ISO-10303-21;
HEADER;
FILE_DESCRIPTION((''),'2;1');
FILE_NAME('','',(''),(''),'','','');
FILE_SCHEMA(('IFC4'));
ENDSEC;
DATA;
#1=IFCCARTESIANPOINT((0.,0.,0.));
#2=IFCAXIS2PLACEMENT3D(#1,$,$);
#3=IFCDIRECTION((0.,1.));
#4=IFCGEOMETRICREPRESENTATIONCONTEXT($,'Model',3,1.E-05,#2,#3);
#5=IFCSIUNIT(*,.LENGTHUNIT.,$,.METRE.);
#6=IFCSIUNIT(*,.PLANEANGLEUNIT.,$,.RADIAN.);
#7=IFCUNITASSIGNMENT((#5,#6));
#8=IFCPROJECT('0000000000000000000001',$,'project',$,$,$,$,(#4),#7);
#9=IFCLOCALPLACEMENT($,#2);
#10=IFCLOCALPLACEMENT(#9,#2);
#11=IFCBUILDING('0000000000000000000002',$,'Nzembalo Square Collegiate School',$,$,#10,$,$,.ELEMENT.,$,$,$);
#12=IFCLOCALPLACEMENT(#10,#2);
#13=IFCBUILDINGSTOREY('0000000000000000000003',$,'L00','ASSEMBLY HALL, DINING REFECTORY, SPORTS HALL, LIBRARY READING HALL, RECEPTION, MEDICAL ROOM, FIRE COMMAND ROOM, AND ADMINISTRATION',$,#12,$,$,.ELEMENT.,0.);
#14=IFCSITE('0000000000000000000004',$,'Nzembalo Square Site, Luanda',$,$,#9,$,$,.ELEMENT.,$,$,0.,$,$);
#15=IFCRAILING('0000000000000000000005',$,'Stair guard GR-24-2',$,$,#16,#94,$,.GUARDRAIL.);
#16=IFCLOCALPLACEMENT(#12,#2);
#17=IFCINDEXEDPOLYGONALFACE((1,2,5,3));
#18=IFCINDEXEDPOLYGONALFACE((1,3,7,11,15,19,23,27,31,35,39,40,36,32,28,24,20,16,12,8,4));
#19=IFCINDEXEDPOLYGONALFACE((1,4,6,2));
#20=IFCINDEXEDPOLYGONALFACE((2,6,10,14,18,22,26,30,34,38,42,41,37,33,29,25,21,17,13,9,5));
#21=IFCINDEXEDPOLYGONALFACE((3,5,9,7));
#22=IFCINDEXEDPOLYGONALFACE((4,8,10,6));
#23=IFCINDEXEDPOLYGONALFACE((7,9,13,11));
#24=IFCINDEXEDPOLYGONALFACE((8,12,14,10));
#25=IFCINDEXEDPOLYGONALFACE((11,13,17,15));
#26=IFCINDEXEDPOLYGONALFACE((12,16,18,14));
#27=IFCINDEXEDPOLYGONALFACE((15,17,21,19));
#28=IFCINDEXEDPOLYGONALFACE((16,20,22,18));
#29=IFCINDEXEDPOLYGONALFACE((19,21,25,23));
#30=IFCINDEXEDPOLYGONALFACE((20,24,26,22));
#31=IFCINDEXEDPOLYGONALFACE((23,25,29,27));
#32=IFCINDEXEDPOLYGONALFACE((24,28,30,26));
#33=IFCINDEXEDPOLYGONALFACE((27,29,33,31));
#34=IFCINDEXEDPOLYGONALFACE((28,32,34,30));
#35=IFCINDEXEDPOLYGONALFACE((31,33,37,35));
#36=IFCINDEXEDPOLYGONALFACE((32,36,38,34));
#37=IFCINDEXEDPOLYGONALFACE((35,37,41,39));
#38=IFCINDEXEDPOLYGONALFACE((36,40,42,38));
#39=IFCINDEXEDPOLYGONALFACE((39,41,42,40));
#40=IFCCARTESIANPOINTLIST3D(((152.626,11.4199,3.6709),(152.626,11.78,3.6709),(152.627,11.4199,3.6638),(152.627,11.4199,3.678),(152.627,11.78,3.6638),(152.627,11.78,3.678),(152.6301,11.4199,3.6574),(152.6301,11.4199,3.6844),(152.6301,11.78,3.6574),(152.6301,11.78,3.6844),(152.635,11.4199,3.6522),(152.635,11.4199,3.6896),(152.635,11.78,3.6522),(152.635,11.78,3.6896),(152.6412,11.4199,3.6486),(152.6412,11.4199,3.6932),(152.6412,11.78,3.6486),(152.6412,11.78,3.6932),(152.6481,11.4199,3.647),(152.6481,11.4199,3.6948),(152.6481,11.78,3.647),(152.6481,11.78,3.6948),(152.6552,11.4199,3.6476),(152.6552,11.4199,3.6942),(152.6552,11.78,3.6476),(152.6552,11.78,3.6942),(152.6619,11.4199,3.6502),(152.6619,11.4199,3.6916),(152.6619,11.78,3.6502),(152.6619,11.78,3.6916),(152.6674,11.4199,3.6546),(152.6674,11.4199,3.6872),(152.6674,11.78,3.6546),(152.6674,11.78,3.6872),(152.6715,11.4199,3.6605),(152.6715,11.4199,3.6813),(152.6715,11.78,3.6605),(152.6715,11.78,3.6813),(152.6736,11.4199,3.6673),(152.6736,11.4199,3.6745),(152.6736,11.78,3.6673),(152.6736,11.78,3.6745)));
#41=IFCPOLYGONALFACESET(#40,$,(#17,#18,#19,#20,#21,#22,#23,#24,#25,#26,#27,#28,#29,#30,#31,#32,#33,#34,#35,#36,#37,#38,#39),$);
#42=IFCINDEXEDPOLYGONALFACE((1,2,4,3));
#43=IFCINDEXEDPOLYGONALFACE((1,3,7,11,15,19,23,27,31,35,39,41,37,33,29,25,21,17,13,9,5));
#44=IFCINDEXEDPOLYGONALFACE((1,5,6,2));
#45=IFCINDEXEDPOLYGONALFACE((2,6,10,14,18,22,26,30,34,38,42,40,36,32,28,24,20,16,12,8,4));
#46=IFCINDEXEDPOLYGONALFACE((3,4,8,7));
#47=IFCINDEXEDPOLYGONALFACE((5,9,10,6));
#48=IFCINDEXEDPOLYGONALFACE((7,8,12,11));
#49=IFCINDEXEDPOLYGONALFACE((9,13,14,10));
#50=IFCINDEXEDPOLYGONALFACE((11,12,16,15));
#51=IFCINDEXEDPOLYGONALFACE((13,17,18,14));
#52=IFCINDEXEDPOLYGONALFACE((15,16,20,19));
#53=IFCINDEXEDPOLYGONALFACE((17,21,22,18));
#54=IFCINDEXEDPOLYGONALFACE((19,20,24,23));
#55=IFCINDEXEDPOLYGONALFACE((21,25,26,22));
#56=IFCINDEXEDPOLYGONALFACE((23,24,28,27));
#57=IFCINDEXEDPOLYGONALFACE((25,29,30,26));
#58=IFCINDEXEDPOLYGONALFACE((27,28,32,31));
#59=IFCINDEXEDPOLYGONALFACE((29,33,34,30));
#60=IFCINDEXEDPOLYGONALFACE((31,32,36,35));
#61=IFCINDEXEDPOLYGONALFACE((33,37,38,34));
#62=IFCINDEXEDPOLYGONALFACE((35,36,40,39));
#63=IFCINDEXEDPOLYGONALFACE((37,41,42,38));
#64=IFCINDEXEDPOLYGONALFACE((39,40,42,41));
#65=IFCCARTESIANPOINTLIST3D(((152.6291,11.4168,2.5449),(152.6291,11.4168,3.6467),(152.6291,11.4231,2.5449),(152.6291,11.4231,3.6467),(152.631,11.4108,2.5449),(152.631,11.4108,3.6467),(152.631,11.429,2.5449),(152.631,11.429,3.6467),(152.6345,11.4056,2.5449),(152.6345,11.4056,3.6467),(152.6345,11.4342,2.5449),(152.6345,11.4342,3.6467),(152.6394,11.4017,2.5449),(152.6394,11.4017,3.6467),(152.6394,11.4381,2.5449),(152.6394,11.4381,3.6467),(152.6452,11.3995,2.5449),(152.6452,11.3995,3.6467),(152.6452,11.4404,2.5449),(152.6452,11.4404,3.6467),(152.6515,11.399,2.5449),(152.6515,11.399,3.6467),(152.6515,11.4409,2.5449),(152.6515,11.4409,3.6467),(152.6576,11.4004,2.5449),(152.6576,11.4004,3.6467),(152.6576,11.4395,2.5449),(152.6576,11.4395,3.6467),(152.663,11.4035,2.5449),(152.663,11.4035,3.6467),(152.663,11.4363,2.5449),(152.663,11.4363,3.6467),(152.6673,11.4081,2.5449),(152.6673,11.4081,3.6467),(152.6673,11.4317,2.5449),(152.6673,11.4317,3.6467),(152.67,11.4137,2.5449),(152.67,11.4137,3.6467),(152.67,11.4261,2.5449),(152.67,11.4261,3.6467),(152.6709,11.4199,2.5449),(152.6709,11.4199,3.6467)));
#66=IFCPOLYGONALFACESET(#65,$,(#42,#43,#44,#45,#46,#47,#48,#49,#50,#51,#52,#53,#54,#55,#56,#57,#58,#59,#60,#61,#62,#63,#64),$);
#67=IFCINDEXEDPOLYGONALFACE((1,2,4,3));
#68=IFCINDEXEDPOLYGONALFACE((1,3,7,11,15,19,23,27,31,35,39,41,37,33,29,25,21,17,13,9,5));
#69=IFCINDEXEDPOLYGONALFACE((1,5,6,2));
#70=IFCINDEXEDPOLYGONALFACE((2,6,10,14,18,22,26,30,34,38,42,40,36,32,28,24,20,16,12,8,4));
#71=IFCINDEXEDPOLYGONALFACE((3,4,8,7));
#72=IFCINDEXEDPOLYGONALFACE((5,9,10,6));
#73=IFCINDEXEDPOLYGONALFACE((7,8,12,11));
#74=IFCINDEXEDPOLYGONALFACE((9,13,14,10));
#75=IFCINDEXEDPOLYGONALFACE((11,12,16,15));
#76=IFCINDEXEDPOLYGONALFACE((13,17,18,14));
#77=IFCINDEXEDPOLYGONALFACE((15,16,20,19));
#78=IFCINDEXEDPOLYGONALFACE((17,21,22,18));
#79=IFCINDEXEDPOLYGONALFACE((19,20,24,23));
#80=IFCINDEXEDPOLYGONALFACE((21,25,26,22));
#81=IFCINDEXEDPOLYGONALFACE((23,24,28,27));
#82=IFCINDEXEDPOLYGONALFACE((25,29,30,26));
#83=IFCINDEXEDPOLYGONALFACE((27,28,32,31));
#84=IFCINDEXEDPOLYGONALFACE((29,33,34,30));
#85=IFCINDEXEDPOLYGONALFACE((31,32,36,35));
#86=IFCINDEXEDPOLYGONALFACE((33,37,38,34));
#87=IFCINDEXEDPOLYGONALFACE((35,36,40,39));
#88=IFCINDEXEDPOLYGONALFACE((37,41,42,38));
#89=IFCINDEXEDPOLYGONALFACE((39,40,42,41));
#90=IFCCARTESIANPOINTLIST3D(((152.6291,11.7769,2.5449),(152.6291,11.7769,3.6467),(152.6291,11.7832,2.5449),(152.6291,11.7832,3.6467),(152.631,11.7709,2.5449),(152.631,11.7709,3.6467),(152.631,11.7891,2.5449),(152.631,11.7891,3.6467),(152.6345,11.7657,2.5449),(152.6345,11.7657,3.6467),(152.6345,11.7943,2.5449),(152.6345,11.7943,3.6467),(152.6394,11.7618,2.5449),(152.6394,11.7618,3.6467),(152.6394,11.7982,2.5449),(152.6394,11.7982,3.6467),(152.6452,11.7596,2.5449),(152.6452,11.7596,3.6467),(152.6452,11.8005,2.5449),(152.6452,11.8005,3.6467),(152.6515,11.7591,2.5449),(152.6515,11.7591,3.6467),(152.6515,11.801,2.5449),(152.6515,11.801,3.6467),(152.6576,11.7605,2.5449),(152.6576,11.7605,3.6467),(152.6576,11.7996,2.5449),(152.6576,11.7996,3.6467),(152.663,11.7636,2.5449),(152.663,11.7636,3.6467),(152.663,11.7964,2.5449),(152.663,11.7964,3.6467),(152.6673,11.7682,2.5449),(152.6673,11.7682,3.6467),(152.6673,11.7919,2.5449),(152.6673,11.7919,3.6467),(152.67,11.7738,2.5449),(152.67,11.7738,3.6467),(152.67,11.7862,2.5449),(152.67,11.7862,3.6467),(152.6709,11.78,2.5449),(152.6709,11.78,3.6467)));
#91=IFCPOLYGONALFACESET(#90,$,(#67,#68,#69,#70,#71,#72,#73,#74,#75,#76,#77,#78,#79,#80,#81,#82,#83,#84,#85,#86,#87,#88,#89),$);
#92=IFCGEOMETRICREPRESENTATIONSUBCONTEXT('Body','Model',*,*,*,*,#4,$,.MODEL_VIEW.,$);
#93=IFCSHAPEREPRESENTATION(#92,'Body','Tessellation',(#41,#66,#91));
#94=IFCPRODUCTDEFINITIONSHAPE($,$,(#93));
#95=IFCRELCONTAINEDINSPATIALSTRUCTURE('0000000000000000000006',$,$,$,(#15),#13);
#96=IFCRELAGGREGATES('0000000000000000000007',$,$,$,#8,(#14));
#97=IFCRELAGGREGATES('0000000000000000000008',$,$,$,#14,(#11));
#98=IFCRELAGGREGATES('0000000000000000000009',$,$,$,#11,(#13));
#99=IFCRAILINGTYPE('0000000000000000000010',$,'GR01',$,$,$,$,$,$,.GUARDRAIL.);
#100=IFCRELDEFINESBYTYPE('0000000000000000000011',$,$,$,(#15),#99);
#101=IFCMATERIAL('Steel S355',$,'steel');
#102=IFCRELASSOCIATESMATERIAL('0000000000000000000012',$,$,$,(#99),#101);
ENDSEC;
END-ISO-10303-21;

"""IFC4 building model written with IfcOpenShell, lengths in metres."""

from ifc_helpers import new_model, si_unit, direction, frame, origin, origin_2d, place, context, subcontext, project, spatial, circle, extrude, material, type_object, element, save


model = new_model("IFC4")

# Units and contexts
model_context = context("Model", 3, precision=1e-05, world=origin(), true_north=direction((0.0, 1.0)))
body_context = subcontext(model_context, "Body", "Model", "MODEL_VIEW")
ifc_project = project(units=[si_unit("LENGTHUNIT", "METRE"), si_unit("PLANEANGLEUNIT", "RADIAN")], contexts=[model_context])

# Site, building, storey
site_placement = place(None, origin())
site = spatial("IfcSite", under=ifc_project, at=site_placement, Name="Nzembalo Square Site, Luanda", CompositionType="ELEMENT", RefElevation=0.0)
building_placement = place(site_placement, origin())
building = spatial("IfcBuilding", under=site, at=building_placement, Name="Nzembalo Square Collegiate School", CompositionType="ELEMENT")
storey_placement = place(building_placement, origin())
storey = spatial("IfcBuildingStorey", under=building, at=storey_placement, Name="L00", Description="ASSEMBLY HALL, DINING REFECTORY, SPORTS HALL, LIBRARY READING HALL, RECEPTION, MEDICAL ROOM, FIRE COMMAND ROOM, AND ADMINISTRATION", CompositionType="ELEMENT", Elevation=0.0)

# Railing
ifc_material_1 = material(Name="Steel S355", Category="steel")
railing_type_1 = type_object("IfcRailingType", Name="GR01", PredefinedType="GUARDRAIL", material=ifc_material_1)
railing_1_placement = place(storey_placement, frame((152.6499, 11.4199, 2.5449)))
element("IfcRailing", 1, at=railing_1_placement, inside=storey, type_object=railing_type_1, Name="Stair guard GR-24-2", PredefinedType="GUARDRAIL", context=body_context, shape_type="SweptSolid", body=[
    extrude(circle(Radius=0.0239, at=origin_2d()), frame((0.0, 0.0, 1.126), z_axis=(0.0, 1.0, 0.0), x_axis=(-1.0, 0.0, 0.0)), (0.0, 0.0, 1.0), 0.3601),
    extrude(circle(Radius=0.021, at=origin_2d()), origin(), (0.0, 0.0, 1.0), 1.1018),
    extrude(circle(Radius=0.021, at=origin_2d()), frame((0.0, 0.3601, 0.0)), (0.0, 0.0, 1.0), 1.1018),
])

save(model, "model.ifc")
